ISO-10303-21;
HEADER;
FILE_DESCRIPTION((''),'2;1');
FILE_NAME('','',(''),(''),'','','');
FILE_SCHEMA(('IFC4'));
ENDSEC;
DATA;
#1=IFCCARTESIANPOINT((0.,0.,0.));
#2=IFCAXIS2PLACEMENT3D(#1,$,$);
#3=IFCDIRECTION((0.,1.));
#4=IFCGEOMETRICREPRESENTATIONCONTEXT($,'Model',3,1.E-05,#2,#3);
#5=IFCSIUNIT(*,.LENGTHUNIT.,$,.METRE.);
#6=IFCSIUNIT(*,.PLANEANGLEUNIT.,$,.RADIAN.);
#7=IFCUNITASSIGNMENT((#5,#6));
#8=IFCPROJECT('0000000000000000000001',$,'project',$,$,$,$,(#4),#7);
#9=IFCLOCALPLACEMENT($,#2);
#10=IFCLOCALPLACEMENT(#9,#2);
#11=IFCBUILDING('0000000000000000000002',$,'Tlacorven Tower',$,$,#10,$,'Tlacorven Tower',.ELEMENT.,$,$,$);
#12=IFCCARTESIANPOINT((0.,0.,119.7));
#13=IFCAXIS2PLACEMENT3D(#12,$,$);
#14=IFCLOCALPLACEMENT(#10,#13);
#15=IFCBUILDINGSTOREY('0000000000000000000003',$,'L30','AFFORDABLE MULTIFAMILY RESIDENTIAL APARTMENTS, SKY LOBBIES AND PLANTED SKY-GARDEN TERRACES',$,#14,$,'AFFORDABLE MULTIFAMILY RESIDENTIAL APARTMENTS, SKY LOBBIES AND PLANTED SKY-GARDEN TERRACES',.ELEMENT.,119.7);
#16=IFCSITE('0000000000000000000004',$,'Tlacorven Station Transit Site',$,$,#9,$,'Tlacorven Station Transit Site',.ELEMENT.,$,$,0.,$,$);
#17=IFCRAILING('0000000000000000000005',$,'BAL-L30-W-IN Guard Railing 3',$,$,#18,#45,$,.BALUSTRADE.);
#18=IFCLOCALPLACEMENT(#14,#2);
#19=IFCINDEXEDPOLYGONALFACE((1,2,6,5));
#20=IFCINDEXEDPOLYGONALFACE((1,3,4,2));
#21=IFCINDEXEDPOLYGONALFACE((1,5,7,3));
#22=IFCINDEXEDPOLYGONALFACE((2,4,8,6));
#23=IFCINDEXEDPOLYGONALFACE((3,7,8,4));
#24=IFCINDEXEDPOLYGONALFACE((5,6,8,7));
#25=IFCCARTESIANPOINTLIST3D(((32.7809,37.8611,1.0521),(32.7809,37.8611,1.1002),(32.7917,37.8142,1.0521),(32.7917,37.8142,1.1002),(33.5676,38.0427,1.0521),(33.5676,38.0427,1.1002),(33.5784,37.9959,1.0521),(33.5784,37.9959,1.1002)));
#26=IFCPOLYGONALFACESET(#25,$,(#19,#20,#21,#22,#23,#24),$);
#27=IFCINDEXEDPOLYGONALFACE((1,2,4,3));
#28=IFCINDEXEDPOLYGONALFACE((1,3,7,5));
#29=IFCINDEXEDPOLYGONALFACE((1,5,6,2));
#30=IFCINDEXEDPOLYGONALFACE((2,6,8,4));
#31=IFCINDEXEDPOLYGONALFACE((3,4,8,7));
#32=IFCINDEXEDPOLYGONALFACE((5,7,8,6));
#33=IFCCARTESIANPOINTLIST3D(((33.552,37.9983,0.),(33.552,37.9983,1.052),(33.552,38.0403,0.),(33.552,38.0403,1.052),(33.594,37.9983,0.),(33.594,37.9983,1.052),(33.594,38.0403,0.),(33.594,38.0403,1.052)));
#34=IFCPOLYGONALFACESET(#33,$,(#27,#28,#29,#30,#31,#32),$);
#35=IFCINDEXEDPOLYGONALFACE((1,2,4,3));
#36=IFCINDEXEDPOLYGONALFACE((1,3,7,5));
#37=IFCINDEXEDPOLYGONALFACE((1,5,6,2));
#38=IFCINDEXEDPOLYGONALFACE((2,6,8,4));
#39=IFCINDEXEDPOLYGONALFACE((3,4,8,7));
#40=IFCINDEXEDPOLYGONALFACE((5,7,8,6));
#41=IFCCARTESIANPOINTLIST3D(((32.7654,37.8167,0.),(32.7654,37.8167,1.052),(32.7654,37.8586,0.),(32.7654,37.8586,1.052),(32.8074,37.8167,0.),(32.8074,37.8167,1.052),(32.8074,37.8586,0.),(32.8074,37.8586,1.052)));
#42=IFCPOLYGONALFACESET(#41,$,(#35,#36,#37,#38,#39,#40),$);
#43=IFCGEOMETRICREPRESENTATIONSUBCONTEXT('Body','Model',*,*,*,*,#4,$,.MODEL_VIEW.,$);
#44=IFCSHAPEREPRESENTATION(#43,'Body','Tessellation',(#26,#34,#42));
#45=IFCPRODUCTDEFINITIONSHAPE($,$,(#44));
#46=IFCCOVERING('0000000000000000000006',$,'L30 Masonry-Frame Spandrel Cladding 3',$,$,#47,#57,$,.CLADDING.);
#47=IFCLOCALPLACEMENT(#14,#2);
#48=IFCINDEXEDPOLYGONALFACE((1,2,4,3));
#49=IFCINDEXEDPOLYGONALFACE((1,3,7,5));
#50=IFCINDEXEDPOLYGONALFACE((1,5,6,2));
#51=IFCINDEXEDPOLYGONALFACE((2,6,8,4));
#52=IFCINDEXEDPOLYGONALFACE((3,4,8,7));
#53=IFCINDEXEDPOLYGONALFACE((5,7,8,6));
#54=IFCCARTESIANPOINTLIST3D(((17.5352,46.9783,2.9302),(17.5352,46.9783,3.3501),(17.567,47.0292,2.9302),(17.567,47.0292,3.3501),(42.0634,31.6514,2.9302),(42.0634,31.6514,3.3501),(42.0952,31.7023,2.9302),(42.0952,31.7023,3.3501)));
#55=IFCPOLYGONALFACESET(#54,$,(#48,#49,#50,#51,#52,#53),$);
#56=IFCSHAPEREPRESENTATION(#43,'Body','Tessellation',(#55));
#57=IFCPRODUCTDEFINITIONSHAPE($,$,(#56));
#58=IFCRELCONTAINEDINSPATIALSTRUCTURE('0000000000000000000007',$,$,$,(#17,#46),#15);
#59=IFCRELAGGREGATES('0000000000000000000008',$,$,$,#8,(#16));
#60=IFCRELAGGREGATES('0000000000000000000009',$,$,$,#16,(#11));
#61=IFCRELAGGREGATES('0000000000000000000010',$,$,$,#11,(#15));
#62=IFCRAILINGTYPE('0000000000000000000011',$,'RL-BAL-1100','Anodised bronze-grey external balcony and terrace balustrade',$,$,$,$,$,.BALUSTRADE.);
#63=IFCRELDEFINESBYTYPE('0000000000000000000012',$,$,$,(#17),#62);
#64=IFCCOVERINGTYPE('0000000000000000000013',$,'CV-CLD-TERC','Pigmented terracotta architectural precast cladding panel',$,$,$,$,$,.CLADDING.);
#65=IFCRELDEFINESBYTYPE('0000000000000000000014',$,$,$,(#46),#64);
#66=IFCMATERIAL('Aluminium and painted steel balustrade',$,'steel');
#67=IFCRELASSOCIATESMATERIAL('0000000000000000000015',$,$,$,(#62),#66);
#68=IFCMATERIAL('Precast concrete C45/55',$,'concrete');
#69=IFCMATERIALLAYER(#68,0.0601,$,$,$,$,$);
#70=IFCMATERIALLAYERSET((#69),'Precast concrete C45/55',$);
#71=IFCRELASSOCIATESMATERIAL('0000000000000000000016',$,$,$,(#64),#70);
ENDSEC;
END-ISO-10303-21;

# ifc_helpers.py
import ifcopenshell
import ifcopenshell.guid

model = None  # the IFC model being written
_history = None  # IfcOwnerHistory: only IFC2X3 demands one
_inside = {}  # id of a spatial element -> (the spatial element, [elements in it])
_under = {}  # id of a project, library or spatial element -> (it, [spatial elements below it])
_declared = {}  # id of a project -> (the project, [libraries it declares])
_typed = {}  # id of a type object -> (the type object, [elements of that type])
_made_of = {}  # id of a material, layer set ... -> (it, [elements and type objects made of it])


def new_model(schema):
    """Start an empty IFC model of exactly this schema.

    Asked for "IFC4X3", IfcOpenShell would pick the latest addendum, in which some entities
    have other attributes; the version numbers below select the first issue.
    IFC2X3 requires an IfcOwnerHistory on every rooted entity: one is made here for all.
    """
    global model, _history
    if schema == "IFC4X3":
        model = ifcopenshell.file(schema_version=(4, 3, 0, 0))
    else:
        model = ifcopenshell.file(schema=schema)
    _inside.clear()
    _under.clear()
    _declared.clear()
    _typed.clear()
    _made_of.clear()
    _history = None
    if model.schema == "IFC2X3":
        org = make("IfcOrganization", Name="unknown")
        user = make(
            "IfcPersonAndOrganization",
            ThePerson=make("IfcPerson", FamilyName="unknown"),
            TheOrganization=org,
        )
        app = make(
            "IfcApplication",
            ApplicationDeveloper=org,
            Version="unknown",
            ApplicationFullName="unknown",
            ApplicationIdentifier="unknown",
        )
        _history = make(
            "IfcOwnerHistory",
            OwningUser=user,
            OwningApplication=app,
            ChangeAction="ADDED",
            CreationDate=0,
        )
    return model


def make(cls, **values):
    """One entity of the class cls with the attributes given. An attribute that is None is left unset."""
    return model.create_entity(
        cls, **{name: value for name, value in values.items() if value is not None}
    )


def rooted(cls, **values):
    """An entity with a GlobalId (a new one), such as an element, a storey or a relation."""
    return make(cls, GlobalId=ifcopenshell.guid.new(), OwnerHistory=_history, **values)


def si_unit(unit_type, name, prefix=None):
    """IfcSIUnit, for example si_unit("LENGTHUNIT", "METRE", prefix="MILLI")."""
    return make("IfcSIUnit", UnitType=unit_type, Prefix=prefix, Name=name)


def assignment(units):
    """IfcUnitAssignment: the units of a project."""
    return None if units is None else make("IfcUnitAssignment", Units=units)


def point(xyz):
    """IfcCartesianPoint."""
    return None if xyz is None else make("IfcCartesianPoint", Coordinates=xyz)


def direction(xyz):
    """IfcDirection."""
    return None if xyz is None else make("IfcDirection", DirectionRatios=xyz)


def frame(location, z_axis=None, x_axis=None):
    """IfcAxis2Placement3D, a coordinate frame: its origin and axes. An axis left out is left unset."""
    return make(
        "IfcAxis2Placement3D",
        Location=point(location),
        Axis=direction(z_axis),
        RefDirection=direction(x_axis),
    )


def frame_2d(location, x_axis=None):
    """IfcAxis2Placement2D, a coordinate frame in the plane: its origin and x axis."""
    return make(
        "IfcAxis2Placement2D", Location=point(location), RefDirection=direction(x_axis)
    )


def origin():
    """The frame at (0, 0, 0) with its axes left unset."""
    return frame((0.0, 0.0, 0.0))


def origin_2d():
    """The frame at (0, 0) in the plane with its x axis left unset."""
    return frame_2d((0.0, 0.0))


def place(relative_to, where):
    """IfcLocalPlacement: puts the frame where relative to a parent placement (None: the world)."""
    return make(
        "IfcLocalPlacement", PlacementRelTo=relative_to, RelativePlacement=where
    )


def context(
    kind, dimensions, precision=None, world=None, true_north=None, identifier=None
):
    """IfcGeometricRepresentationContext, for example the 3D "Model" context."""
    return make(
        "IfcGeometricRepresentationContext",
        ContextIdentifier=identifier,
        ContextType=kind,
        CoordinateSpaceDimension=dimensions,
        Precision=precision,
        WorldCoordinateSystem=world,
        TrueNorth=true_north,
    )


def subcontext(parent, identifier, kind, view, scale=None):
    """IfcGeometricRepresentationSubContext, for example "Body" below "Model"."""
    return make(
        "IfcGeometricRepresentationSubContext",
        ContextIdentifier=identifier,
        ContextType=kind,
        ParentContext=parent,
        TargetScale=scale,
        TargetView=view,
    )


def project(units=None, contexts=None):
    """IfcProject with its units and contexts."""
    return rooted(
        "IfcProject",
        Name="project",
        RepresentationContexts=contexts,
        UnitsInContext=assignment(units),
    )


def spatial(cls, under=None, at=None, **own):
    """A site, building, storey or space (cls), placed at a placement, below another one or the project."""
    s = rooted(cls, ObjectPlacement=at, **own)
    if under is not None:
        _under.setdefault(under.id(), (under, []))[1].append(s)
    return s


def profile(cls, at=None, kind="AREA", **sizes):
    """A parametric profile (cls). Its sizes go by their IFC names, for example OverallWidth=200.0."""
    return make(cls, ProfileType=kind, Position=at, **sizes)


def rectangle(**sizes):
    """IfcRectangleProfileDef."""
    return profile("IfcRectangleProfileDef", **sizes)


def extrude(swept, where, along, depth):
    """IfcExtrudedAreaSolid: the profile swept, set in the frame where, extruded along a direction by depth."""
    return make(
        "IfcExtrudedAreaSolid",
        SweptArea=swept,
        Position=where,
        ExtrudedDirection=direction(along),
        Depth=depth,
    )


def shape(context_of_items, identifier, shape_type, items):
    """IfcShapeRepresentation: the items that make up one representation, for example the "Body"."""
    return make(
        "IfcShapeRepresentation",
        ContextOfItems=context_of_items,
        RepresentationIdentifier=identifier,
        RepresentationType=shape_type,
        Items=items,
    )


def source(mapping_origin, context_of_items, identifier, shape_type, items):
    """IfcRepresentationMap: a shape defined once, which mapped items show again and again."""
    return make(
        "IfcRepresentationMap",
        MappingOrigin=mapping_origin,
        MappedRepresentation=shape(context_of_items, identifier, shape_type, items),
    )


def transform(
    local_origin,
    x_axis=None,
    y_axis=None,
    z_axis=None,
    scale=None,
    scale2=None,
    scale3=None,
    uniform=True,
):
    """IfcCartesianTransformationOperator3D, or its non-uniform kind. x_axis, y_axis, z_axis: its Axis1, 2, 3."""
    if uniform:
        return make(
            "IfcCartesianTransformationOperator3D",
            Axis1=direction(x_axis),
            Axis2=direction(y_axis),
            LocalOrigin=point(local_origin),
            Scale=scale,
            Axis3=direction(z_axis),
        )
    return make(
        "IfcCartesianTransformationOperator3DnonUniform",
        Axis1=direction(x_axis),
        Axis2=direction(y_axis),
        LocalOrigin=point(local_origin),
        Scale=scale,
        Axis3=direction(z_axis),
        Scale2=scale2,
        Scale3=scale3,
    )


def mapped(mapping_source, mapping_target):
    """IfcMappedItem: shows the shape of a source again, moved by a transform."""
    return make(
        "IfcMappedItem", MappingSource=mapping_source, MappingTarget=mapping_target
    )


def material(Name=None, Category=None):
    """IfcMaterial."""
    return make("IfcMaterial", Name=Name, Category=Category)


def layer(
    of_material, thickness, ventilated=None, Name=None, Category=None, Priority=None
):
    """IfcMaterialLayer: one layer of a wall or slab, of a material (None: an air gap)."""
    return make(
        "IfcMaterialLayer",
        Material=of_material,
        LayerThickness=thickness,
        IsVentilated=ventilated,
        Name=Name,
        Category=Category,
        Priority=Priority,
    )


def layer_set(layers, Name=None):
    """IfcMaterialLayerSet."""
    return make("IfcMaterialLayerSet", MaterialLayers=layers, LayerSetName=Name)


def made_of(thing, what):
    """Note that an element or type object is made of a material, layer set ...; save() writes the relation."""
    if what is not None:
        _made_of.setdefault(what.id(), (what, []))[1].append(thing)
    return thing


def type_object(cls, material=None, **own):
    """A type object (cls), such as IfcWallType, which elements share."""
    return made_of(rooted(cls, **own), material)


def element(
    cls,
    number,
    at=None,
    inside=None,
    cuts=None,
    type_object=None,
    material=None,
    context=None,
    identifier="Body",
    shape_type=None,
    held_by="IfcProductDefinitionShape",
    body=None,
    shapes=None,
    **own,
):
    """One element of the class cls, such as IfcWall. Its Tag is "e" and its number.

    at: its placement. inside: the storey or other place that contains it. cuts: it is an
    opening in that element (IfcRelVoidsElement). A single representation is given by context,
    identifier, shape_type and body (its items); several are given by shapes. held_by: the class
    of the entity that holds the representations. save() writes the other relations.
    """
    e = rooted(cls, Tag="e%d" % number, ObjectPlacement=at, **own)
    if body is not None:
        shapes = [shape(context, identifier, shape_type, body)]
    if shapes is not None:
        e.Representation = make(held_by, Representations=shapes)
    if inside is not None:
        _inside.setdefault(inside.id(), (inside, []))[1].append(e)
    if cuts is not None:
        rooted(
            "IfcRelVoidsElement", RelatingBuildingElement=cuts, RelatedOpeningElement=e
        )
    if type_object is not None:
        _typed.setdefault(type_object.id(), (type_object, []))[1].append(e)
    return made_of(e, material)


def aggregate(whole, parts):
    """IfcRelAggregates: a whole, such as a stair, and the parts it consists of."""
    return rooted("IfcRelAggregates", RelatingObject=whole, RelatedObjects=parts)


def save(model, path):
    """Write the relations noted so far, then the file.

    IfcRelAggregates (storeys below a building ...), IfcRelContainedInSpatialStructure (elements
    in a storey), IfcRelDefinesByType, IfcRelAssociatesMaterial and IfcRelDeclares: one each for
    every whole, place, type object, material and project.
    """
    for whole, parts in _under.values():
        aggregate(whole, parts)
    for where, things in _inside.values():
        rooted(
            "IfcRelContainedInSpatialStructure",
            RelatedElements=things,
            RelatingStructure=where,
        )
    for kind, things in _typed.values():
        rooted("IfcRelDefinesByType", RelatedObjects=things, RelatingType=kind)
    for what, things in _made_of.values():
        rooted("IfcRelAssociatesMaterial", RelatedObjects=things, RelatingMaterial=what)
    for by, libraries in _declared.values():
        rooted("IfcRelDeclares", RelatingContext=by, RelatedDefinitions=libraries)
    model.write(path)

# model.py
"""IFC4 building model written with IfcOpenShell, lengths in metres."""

from ifc_helpers import new_model, si_unit, direction, frame, origin, origin_2d, place, context, subcontext, project, spatial, rectangle, extrude, source, transform, mapped, material, layer, layer_set, type_object, element, save


model = new_model("IFC4")

# Units and contexts
model_context = context("Model", 3, precision=1e-05, world=origin(), true_north=direction((0.0, 1.0)))
body_context = subcontext(model_context, "Body", "Model", "MODEL_VIEW")
ifc_project = project(units=[si_unit("LENGTHUNIT", "METRE"), si_unit("PLANEANGLEUNIT", "RADIAN")], contexts=[model_context])

# Site, building, storey
site_placement = place(None, origin())
site = spatial("IfcSite", under=ifc_project, at=site_placement, Name="Tlacorven Station Transit Site", LongName="Tlacorven Station Transit Site", CompositionType="ELEMENT", RefElevation=0.0)
building_placement = place(site_placement, origin())
building = spatial("IfcBuilding", under=site, at=building_placement, Name="Tlacorven Tower", LongName="Tlacorven Tower", CompositionType="ELEMENT")
storey_placement = place(building_placement, frame((0.0, 0.0, 119.7)))
storey = spatial("IfcBuildingStorey", under=building, at=storey_placement, Name="L30", Description="AFFORDABLE MULTIFAMILY RESIDENTIAL APARTMENTS, SKY LOBBIES AND PLANTED SKY-GARDEN TERRACES", LongName="AFFORDABLE MULTIFAMILY RESIDENTIAL APARTMENTS, SKY LOBBIES AND PLANTED SKY-GARDEN TERRACES", CompositionType="ELEMENT", Elevation=119.7)

# Railing
ifc_material_1 = material(Name="Aluminium and painted steel balustrade", Category="steel")
railing_type = type_object("IfcRailingType", Name="RL-BAL-1100", Description="Anodised bronze-grey external balcony and terrace balustrade", PredefinedType="BALUSTRADE", material=ifc_material_1)
shared_shape_1 = source(origin(), body_context, "Body", "SweptSolid", [
    extrude(rectangle(XDim=0.0481, YDim=0.0481, at=origin_2d()), frame((0.0, 0.0, 1.0762), z_axis=(-0.974361, -0.224992, 0.0), x_axis=(0.224992, -0.974361, 0.0)), (0.0, 0.0, 1.0), 0.8074),
    extrude(rectangle(XDim=0.042, YDim=0.042, at=origin_2d()), origin(), (0.0, 0.0, 1.0), 1.052),
    extrude(rectangle(XDim=0.042, YDim=0.042, at=origin_2d()), frame((-0.7866, -0.1816, 0.0)), (0.0, 0.0, 1.0), 1.052),
])
railing_1_placement = place(storey_placement, frame((33.573, 38.0193, 0.0)))
element("IfcRailing", 1, at=railing_1_placement, inside=storey, type_object=railing_type, Name="BAL-L30-W-IN Guard Railing 3", PredefinedType="BALUSTRADE", context=body_context, shape_type="MappedRepresentation", body=[
    mapped(shared_shape_1, transform((0.0, 0.0, 0.0), scale=1.0)),
])

# Covering
ifc_material_2 = material(Name="Precast concrete C45/55", Category="concrete")
ifc_layer_1 = layer(ifc_material_2, 0.0601)
ifc_layer_set_1 = layer_set([ifc_layer_1], Name="Precast concrete C45/55")
covering_type = type_object("IfcCoveringType", Name="CV-CLD-TERC", Description="Pigmented terracotta architectural precast cladding panel", PredefinedType="CLADDING", material=ifc_layer_set_1)
shared_shape_2 = source(origin(), body_context, "Body", "SweptSolid", [
    extrude(rectangle(XDim=28.9231, YDim=0.0601, at=origin_2d()), origin(), (0.0, 0.0, 1.0), 0.4199),
])
covering_placement = place(storey_placement, frame((29.8152, 39.3403, 2.9302), z_axis=(0.0, 0.0, 1.0), x_axis=(0.848048, -0.529919, 0.0)))
element("IfcCovering", 2, at=covering_placement, inside=storey, type_object=covering_type, Name="L30 Masonry-Frame Spandrel Cladding 3", PredefinedType="CLADDING", context=body_context, shape_type="MappedRepresentation", body=[
    mapped(shared_shape_2, transform((0.0, 0.0, 0.0), scale=1.0)),
])

save(model, "model.ifc")
